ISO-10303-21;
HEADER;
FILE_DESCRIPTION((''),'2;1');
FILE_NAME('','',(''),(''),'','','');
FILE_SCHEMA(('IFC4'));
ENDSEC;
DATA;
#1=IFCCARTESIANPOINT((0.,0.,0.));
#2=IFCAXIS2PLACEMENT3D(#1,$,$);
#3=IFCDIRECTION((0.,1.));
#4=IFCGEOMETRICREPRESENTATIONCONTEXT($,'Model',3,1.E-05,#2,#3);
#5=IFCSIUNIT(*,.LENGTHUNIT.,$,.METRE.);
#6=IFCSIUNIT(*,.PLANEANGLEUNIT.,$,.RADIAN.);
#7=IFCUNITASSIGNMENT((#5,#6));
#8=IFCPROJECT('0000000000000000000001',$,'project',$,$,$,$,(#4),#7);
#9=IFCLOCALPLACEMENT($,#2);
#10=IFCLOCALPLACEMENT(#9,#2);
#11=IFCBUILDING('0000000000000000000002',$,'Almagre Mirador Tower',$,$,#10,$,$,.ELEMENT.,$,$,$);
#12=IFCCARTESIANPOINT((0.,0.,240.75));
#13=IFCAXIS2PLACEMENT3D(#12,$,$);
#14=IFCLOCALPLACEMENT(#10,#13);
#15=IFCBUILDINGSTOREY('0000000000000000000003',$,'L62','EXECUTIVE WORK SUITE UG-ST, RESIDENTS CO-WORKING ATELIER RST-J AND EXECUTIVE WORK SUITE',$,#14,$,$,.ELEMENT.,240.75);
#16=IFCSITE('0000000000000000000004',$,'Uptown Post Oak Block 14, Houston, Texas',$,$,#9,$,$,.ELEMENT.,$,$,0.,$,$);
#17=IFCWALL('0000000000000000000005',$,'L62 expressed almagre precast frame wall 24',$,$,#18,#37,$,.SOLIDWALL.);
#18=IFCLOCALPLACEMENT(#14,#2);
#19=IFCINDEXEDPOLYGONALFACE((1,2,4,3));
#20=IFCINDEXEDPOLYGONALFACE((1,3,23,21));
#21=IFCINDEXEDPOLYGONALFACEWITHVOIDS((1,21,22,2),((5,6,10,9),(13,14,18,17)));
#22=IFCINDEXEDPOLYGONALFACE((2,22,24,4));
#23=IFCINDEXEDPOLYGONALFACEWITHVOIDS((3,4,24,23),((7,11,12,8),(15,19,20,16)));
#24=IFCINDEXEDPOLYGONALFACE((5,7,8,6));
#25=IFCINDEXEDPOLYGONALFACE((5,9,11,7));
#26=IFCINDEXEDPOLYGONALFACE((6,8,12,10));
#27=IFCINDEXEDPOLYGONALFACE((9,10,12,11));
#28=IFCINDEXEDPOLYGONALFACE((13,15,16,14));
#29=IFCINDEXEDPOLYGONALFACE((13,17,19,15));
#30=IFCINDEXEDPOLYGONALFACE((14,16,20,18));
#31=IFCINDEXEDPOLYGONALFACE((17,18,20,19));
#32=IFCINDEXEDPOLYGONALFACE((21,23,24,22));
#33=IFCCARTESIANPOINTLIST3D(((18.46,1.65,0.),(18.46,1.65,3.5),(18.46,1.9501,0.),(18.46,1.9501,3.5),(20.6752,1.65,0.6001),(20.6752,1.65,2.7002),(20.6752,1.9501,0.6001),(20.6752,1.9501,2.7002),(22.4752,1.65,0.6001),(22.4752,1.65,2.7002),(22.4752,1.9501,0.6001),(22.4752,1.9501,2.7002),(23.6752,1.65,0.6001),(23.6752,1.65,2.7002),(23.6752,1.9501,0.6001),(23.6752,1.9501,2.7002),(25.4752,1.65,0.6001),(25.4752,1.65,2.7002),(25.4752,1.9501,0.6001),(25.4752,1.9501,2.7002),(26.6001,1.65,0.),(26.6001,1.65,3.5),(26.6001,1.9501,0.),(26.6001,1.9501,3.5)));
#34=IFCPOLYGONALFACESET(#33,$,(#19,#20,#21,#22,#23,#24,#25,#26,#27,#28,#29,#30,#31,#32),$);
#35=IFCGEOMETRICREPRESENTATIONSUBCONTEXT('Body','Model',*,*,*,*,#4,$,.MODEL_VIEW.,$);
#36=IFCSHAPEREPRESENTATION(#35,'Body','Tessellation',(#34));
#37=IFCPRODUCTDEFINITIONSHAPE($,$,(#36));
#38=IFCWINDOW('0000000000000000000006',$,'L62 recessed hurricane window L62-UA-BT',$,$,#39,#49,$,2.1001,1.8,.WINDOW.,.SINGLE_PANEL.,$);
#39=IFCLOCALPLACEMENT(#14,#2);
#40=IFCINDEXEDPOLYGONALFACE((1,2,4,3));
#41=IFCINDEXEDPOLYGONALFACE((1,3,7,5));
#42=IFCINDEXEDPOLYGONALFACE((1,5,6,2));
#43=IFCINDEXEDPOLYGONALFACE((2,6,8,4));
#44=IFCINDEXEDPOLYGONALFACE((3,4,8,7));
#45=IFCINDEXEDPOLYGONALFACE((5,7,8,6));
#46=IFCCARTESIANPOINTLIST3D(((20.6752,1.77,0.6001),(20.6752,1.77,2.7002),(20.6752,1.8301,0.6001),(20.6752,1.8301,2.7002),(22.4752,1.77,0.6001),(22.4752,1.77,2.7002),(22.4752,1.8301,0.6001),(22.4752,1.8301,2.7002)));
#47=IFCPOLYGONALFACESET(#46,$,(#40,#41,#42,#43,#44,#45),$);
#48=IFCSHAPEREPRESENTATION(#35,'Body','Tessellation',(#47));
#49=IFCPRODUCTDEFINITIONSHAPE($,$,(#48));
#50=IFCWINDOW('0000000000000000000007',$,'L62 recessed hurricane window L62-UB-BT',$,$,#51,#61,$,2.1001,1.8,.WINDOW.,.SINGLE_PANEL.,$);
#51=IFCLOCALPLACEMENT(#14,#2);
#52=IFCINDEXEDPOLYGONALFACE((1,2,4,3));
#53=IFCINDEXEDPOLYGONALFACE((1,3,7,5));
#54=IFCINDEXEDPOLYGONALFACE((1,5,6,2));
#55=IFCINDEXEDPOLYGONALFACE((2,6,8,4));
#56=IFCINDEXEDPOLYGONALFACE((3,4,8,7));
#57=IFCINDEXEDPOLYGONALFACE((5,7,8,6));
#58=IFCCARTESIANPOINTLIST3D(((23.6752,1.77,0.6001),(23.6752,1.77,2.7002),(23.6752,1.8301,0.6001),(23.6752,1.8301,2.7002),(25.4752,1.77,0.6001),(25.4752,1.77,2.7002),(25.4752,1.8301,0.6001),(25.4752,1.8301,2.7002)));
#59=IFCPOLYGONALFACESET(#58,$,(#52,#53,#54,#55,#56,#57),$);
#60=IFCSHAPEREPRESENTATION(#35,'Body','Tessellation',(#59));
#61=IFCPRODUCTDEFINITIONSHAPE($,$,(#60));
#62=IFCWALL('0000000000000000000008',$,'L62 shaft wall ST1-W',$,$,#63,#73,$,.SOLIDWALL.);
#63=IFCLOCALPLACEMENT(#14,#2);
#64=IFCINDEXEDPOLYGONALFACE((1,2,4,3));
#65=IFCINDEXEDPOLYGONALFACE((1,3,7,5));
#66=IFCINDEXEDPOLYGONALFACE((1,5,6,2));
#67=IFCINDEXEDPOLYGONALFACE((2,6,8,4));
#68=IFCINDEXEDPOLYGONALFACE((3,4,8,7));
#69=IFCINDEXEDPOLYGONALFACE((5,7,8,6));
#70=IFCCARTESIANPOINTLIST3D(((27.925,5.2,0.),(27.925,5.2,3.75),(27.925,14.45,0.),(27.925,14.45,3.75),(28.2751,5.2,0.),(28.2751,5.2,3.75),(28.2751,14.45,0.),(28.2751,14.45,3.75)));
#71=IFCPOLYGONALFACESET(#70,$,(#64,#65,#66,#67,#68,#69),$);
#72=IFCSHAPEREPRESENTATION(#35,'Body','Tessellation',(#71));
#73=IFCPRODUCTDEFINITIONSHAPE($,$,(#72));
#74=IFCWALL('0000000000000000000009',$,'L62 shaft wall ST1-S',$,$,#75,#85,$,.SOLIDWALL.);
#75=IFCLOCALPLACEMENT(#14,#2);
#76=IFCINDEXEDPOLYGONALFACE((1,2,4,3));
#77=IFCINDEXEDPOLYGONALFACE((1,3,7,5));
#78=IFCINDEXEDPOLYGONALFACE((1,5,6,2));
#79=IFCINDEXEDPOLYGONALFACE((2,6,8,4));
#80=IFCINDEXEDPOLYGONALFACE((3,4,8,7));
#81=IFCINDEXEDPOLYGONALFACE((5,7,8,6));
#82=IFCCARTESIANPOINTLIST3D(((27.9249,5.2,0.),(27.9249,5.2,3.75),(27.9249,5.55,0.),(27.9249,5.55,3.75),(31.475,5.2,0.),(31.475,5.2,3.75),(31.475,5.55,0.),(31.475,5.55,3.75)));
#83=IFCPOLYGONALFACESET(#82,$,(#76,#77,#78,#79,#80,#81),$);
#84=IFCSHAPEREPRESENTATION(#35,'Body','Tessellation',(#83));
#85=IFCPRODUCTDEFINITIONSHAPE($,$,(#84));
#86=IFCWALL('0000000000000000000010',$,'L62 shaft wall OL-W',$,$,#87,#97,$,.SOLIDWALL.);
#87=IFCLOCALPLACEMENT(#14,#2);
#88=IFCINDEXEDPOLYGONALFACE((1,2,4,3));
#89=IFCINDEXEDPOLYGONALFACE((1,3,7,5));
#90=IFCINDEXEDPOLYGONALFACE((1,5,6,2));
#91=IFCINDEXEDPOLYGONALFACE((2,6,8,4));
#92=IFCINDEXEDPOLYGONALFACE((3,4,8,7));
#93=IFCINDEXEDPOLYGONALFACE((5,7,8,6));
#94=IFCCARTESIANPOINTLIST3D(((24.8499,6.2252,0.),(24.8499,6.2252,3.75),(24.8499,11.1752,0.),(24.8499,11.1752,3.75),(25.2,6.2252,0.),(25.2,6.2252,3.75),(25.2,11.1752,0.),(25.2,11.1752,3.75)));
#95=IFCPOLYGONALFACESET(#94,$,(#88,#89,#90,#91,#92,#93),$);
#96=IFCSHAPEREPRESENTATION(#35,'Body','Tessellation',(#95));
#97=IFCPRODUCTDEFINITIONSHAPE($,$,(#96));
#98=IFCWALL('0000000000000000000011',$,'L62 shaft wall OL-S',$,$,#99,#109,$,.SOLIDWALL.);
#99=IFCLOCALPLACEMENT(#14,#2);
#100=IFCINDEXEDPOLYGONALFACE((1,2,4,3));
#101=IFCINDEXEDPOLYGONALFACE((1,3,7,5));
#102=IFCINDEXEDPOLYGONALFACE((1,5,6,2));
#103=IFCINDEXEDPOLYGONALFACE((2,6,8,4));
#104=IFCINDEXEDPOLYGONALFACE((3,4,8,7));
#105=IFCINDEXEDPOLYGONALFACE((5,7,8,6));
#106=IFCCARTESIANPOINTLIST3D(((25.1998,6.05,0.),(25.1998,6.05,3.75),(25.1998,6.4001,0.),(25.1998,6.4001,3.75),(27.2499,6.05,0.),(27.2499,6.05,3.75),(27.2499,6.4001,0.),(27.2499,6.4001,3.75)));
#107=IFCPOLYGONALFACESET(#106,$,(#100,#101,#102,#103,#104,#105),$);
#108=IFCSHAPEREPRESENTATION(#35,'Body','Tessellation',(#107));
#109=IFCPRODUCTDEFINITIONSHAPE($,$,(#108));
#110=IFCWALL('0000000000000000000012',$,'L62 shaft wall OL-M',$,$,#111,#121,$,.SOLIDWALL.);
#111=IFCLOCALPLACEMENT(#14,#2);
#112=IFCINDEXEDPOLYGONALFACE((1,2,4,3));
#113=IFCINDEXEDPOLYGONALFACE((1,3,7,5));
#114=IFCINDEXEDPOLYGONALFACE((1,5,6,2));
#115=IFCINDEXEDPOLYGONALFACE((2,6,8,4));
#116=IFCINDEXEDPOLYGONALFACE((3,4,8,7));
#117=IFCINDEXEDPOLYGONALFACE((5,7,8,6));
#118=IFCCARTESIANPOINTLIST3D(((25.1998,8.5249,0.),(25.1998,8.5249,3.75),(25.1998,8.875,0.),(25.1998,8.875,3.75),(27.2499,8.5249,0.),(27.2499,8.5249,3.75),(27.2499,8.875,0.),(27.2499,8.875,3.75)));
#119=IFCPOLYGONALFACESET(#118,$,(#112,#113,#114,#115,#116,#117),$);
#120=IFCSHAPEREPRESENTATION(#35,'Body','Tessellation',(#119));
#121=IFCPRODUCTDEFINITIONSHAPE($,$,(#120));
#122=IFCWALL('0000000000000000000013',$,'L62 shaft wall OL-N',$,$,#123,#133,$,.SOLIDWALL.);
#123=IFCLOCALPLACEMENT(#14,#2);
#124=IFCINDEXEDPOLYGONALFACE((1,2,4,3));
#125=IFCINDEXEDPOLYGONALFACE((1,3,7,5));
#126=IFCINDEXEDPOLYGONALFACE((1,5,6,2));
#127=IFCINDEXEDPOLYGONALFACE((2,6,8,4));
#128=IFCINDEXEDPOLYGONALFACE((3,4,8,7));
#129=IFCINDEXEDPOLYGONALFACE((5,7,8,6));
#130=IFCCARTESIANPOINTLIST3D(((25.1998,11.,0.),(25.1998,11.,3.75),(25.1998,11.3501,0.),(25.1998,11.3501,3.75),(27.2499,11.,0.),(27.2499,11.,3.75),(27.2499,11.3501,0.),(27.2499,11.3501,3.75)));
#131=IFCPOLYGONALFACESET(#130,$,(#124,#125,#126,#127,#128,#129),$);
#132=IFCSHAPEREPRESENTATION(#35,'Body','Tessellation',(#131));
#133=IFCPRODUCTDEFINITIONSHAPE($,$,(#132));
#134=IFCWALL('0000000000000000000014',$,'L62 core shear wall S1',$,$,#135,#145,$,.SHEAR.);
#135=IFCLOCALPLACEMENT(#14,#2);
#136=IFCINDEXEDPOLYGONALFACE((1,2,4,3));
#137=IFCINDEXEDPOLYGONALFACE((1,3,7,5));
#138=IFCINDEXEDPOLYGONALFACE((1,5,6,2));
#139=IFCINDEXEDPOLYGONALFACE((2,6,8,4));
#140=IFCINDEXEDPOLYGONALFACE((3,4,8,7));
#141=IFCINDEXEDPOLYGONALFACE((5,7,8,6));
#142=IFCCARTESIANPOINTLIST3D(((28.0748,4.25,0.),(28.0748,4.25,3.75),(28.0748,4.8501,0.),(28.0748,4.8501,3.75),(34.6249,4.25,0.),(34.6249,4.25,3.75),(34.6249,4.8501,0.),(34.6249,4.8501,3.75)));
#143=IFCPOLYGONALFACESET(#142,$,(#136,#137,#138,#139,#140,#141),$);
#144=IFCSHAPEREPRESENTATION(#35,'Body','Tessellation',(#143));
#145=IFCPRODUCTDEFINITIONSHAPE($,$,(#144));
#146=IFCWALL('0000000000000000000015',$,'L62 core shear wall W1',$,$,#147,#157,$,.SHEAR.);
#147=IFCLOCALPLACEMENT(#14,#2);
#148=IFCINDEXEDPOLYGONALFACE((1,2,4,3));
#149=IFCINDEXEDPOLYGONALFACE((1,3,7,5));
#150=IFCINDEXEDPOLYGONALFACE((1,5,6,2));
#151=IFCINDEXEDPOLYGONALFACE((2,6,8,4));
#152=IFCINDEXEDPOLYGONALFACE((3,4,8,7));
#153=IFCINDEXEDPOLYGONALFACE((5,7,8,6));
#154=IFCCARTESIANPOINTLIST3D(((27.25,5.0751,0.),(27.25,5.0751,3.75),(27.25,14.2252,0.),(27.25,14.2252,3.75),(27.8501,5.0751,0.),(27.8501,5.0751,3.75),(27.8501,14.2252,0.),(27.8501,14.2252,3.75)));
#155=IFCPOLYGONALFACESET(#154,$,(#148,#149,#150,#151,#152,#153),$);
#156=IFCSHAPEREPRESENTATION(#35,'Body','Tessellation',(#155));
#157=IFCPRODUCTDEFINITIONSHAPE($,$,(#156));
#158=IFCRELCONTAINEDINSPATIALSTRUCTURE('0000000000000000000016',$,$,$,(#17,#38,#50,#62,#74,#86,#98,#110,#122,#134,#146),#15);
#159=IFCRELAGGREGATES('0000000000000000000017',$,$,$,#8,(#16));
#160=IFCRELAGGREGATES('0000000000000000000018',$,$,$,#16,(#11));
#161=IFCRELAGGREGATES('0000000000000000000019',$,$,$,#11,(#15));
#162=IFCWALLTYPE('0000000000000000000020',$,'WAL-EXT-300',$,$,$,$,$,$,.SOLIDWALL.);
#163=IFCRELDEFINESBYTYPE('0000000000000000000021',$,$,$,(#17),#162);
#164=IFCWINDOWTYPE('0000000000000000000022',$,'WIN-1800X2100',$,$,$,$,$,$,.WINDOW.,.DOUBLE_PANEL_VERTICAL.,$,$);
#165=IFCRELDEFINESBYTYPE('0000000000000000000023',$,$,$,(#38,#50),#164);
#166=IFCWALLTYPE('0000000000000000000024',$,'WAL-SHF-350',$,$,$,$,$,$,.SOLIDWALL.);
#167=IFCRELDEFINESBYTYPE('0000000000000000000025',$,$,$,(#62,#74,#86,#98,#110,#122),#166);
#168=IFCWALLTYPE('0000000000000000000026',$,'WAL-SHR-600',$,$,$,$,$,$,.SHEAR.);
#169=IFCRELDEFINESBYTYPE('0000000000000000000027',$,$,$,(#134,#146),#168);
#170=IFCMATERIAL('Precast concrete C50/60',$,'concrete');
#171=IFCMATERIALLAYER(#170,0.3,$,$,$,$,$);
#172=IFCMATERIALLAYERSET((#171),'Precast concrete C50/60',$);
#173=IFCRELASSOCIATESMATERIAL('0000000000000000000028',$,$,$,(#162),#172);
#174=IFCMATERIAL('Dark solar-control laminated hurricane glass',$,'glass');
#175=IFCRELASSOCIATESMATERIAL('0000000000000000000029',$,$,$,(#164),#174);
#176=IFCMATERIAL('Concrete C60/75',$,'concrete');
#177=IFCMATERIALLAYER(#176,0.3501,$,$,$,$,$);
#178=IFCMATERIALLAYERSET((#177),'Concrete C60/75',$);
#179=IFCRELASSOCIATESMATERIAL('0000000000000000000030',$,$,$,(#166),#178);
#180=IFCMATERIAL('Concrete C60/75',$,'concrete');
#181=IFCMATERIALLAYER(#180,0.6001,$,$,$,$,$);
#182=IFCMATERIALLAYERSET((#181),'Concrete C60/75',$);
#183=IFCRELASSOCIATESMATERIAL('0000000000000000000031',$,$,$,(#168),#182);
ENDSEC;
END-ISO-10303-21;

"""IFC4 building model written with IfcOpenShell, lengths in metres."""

from ifc_helpers import new_model, si_unit, direction, frame, frame_2d, origin, place, context, subcontext, project, spatial, rectangle, extrude, material, layer, layer_set, type_object, element, fill, save


model = new_model("IFC4")

# Units and contexts
model_context = context("Model", 3, precision=1e-05, world=origin(), true_north=direction((0.0, 1.0)))
body_context = subcontext(model_context, "Body", "Model", "MODEL_VIEW")
ifc_project = project(units=[si_unit("LENGTHUNIT", "METRE"), si_unit("PLANEANGLEUNIT", "RADIAN")], contexts=[model_context])

# Site, building, storey
site_placement = place(None, origin())
site = spatial("IfcSite", under=ifc_project, at=site_placement, Name="Uptown Post Oak Block 14, Houston, Texas", CompositionType="ELEMENT", RefElevation=0.0)
building_placement = place(site_placement, origin())
building = spatial("IfcBuilding", under=site, at=building_placement, Name="Almagre Mirador Tower", CompositionType="ELEMENT")
storey_placement = place(building_placement, frame((0.0, 0.0, 240.75)))
storey = spatial("IfcBuildingStorey", under=building, at=storey_placement, Name="L62", Description="EXECUTIVE WORK SUITE UG-ST, RESIDENTS CO-WORKING ATELIER RST-J AND EXECUTIVE WORK SUITE", CompositionType="ELEMENT", Elevation=240.75)

# Wall, openings, windows
ifc_material_1 = material(Name="Precast concrete C50/60", Category="concrete")
ifc_layer_1 = layer(ifc_material_1, 0.3)
ifc_layer_set_1 = layer_set([ifc_layer_1], Name="Precast concrete C50/60")
wall_type_1 = type_object("IfcWallType", Name="WAL-EXT-300", PredefinedType="SOLIDWALL", material=ifc_layer_set_1)
wall_1_placement = place(storey_placement, frame((26.6001, 1.8, 0.0), z_axis=(0.0, 0.0, 1.0), x_axis=(-1.0, 0.0, 0.0)))
wall_1 = element("IfcWall", 1, at=wall_1_placement, inside=storey, type_object=wall_type_1, Name="L62 expressed almagre precast frame wall 24", PredefinedType="SOLIDWALL", context=body_context, shape_type="SweptSolid", body=[
    extrude(rectangle(XDim=8.1401, YDim=0.3, at=frame_2d((4.0701, 0.0))), origin(), (0.0, 0.0, 1.0), 3.5),
])
opening_1_placement = place(wall_1_placement, frame((4.125, 0.0, 0.6001)))
opening_1 = element("IfcOpeningElement", 2, at=opening_1_placement, cuts=wall_1, PredefinedType="OPENING", context=body_context, shape_type="SweptSolid", body=[
    extrude(rectangle(XDim=1.8, YDim=2.1001, at=frame_2d((0.8999, 1.05))), frame((0.0, 0.1599, 0.0), z_axis=(0.0, -1.0, 0.0), x_axis=(1.0, 0.0, 0.0)), (0.0, 0.0, 1.0), 0.32),
])
opening_2_placement = place(wall_1_placement, frame((1.125, 0.0, 0.6001)))
opening_2 = element("IfcOpeningElement", 3, at=opening_2_placement, cuts=wall_1, PredefinedType="OPENING", context=body_context, shape_type="SweptSolid", body=[
    extrude(rectangle(XDim=1.8, YDim=2.1001, at=frame_2d((0.8999, 1.05))), frame((0.0, 0.1599, 0.0), z_axis=(0.0, -1.0, 0.0), x_axis=(1.0, 0.0, 0.0)), (0.0, 0.0, 1.0), 0.32),
])
ifc_material_2 = material(Name="Dark solar-control laminated hurricane glass", Category="glass")
window_type = type_object("IfcWindowType", Name="WIN-1800X2100", PartitioningType="DOUBLE_PANEL_VERTICAL", PredefinedType="WINDOW", material=ifc_material_2)
window_1_placement = place(opening_1_placement, origin())
window_1 = element("IfcWindow", 4, at=window_1_placement, inside=storey, type_object=window_type, Name="L62 recessed hurricane window L62-UA-BT", OverallHeight=2.1001, OverallWidth=1.8, PartitioningType="SINGLE_PANEL", PredefinedType="WINDOW", context=body_context, shape_type="SweptSolid", body=[
    extrude(rectangle(XDim=1.8, YDim=2.1001, at=frame_2d((0.8999, 1.05))), frame((0.0, 0.03, 0.0), z_axis=(0.0, -1.0, 0.0), x_axis=(1.0, 0.0, 0.0)), (0.0, 0.0, 1.0), 0.0601),
])
fill(opening_1, window_1)
window_2_placement = place(opening_2_placement, origin())
window_2 = element("IfcWindow", 5, at=window_2_placement, inside=storey, type_object=window_type, Name="L62 recessed hurricane window L62-UB-BT", OverallHeight=2.1001, OverallWidth=1.8, PartitioningType="SINGLE_PANEL", PredefinedType="WINDOW", context=body_context, shape_type="SweptSolid", body=[
    extrude(rectangle(XDim=1.8, YDim=2.1001, at=frame_2d((0.8999, 1.05))), frame((0.0, 0.03, 0.0), z_axis=(0.0, -1.0, 0.0), x_axis=(1.0, 0.0, 0.0)), (0.0, 0.0, 1.0), 0.0601),
])
fill(opening_2, window_2)

# Walls
ifc_material_3 = material(Name="Concrete C60/75", Category="concrete")
ifc_layer_2 = layer(ifc_material_3, 0.3501)
ifc_layer_set_2 = layer_set([ifc_layer_2], Name="Concrete C60/75")
wall_type_2 = type_object("IfcWallType", Name="WAL-SHF-350", PredefinedType="SOLIDWALL", material=ifc_layer_set_2)
wall_2_placement = place(storey_placement, frame((28.1001, 5.2, 0.0), z_axis=(0.0, 0.0, 1.0), x_axis=(0.0, 1.0, 0.0)))
element("IfcWall", 6, at=wall_2_placement, inside=storey, type_object=wall_type_2, Name="L62 shaft wall ST1-W", PredefinedType="SOLIDWALL", context=body_context, shape_type="SweptSolid", body=[
    extrude(rectangle(XDim=9.25, YDim=0.3501, at=frame_2d((4.625, 0.0))), origin(), (0.0, 0.0, 1.0), 3.75),
])
wall_3_placement = place(storey_placement, frame((27.925, 5.375, 0.0), z_axis=(0.0, 0.0, 1.0), x_axis=(1.0, 0.0, 0.0)))
element("IfcWall", 7, at=wall_3_placement, inside=storey, type_object=wall_type_2, Name="L62 shaft wall ST1-S", PredefinedType="SOLIDWALL", context=body_context, shape_type="SweptSolid", body=[
    extrude(rectangle(XDim=3.55, YDim=0.3501, at=frame_2d((1.7749, 0.0))), origin(), (0.0, 0.0, 1.0), 3.75),
])
wall_4_placement = place(storey_placement, frame((25.0249, 6.2251, 0.0), z_axis=(0.0, 0.0, 1.0), x_axis=(0.0, 1.0, 0.0)))
element("IfcWall", 8, at=wall_4_placement, inside=storey, type_object=wall_type_2, Name="L62 shaft wall OL-W", PredefinedType="SOLIDWALL", context=body_context, shape_type="SweptSolid", body=[
    extrude(rectangle(XDim=4.95, YDim=0.3501, at=frame_2d((2.4751, 0.0))), origin(), (0.0, 0.0, 1.0), 3.75),
])
for number, where, z_axis, x_axis, name in (
    (9, (25.2, 6.2251, 0.0), (0.0, 0.0, 1.0), (1.0, 0.0, 0.0), "L62 shaft wall OL-S"),
    (10, (25.2, 8.7, 0.0), (0.0, 0.0, 1.0), (1.0, 0.0, 0.0), "L62 shaft wall OL-M"),
    (11, (25.2, 11.175, 0.0), (0.0, 0.0, 1.0), (1.0, 0.0, 0.0), "L62 shaft wall OL-N"),
):
    element("IfcWall", number, at=place(storey_placement, frame(where, z_axis=z_axis, x_axis=x_axis)), inside=storey, type_object=wall_type_2, Name=name, PredefinedType="SOLIDWALL", context=body_context, shape_type="SweptSolid", body=[
        extrude(rectangle(XDim=2.05, YDim=0.3501, at=frame_2d((1.0249, 0.0))), origin(), (0.0, 0.0, 1.0), 3.75),
    ])
ifc_material_4 = material(Name="Concrete C60/75", Category="concrete")
ifc_layer_3 = layer(ifc_material_4, 0.6001)
ifc_layer_set_3 = layer_set([ifc_layer_3], Name="Concrete C60/75")
wall_type_3 = type_object("IfcWallType", Name="WAL-SHR-600", PredefinedType="SHEAR", material=ifc_layer_set_3)
wall_5_placement = place(storey_placement, frame((28.075, 4.55, 0.0), z_axis=(0.0, 0.0, 1.0), x_axis=(1.0, 0.0, 0.0)))
element("IfcWall", 12, at=wall_5_placement, inside=storey, type_object=wall_type_3, Name="L62 core shear wall S1", PredefinedType="SHEAR", context=body_context, shape_type="SweptSolid", body=[
    extrude(rectangle(XDim=6.55, YDim=0.6001, at=frame_2d((3.2749, 0.0))), origin(), (0.0, 0.0, 1.0), 3.75),
])
wall_6_placement = place(storey_placement, frame((27.55, 5.075, 0.0), z_axis=(0.0, 0.0, 1.0), x_axis=(0.0, 1.0, 0.0)))
element("IfcWall", 13, at=wall_6_placement, inside=storey, type_object=wall_type_3, Name="L62 core shear wall W1", PredefinedType="SHEAR", context=body_context, shape_type="SweptSolid", body=[
    extrude(rectangle(XDim=9.1501, YDim=0.6001, at=frame_2d((4.5752, 0.0))), origin(), (0.0, 0.0, 1.0), 3.75),
])

save(model, "model.ifc")
